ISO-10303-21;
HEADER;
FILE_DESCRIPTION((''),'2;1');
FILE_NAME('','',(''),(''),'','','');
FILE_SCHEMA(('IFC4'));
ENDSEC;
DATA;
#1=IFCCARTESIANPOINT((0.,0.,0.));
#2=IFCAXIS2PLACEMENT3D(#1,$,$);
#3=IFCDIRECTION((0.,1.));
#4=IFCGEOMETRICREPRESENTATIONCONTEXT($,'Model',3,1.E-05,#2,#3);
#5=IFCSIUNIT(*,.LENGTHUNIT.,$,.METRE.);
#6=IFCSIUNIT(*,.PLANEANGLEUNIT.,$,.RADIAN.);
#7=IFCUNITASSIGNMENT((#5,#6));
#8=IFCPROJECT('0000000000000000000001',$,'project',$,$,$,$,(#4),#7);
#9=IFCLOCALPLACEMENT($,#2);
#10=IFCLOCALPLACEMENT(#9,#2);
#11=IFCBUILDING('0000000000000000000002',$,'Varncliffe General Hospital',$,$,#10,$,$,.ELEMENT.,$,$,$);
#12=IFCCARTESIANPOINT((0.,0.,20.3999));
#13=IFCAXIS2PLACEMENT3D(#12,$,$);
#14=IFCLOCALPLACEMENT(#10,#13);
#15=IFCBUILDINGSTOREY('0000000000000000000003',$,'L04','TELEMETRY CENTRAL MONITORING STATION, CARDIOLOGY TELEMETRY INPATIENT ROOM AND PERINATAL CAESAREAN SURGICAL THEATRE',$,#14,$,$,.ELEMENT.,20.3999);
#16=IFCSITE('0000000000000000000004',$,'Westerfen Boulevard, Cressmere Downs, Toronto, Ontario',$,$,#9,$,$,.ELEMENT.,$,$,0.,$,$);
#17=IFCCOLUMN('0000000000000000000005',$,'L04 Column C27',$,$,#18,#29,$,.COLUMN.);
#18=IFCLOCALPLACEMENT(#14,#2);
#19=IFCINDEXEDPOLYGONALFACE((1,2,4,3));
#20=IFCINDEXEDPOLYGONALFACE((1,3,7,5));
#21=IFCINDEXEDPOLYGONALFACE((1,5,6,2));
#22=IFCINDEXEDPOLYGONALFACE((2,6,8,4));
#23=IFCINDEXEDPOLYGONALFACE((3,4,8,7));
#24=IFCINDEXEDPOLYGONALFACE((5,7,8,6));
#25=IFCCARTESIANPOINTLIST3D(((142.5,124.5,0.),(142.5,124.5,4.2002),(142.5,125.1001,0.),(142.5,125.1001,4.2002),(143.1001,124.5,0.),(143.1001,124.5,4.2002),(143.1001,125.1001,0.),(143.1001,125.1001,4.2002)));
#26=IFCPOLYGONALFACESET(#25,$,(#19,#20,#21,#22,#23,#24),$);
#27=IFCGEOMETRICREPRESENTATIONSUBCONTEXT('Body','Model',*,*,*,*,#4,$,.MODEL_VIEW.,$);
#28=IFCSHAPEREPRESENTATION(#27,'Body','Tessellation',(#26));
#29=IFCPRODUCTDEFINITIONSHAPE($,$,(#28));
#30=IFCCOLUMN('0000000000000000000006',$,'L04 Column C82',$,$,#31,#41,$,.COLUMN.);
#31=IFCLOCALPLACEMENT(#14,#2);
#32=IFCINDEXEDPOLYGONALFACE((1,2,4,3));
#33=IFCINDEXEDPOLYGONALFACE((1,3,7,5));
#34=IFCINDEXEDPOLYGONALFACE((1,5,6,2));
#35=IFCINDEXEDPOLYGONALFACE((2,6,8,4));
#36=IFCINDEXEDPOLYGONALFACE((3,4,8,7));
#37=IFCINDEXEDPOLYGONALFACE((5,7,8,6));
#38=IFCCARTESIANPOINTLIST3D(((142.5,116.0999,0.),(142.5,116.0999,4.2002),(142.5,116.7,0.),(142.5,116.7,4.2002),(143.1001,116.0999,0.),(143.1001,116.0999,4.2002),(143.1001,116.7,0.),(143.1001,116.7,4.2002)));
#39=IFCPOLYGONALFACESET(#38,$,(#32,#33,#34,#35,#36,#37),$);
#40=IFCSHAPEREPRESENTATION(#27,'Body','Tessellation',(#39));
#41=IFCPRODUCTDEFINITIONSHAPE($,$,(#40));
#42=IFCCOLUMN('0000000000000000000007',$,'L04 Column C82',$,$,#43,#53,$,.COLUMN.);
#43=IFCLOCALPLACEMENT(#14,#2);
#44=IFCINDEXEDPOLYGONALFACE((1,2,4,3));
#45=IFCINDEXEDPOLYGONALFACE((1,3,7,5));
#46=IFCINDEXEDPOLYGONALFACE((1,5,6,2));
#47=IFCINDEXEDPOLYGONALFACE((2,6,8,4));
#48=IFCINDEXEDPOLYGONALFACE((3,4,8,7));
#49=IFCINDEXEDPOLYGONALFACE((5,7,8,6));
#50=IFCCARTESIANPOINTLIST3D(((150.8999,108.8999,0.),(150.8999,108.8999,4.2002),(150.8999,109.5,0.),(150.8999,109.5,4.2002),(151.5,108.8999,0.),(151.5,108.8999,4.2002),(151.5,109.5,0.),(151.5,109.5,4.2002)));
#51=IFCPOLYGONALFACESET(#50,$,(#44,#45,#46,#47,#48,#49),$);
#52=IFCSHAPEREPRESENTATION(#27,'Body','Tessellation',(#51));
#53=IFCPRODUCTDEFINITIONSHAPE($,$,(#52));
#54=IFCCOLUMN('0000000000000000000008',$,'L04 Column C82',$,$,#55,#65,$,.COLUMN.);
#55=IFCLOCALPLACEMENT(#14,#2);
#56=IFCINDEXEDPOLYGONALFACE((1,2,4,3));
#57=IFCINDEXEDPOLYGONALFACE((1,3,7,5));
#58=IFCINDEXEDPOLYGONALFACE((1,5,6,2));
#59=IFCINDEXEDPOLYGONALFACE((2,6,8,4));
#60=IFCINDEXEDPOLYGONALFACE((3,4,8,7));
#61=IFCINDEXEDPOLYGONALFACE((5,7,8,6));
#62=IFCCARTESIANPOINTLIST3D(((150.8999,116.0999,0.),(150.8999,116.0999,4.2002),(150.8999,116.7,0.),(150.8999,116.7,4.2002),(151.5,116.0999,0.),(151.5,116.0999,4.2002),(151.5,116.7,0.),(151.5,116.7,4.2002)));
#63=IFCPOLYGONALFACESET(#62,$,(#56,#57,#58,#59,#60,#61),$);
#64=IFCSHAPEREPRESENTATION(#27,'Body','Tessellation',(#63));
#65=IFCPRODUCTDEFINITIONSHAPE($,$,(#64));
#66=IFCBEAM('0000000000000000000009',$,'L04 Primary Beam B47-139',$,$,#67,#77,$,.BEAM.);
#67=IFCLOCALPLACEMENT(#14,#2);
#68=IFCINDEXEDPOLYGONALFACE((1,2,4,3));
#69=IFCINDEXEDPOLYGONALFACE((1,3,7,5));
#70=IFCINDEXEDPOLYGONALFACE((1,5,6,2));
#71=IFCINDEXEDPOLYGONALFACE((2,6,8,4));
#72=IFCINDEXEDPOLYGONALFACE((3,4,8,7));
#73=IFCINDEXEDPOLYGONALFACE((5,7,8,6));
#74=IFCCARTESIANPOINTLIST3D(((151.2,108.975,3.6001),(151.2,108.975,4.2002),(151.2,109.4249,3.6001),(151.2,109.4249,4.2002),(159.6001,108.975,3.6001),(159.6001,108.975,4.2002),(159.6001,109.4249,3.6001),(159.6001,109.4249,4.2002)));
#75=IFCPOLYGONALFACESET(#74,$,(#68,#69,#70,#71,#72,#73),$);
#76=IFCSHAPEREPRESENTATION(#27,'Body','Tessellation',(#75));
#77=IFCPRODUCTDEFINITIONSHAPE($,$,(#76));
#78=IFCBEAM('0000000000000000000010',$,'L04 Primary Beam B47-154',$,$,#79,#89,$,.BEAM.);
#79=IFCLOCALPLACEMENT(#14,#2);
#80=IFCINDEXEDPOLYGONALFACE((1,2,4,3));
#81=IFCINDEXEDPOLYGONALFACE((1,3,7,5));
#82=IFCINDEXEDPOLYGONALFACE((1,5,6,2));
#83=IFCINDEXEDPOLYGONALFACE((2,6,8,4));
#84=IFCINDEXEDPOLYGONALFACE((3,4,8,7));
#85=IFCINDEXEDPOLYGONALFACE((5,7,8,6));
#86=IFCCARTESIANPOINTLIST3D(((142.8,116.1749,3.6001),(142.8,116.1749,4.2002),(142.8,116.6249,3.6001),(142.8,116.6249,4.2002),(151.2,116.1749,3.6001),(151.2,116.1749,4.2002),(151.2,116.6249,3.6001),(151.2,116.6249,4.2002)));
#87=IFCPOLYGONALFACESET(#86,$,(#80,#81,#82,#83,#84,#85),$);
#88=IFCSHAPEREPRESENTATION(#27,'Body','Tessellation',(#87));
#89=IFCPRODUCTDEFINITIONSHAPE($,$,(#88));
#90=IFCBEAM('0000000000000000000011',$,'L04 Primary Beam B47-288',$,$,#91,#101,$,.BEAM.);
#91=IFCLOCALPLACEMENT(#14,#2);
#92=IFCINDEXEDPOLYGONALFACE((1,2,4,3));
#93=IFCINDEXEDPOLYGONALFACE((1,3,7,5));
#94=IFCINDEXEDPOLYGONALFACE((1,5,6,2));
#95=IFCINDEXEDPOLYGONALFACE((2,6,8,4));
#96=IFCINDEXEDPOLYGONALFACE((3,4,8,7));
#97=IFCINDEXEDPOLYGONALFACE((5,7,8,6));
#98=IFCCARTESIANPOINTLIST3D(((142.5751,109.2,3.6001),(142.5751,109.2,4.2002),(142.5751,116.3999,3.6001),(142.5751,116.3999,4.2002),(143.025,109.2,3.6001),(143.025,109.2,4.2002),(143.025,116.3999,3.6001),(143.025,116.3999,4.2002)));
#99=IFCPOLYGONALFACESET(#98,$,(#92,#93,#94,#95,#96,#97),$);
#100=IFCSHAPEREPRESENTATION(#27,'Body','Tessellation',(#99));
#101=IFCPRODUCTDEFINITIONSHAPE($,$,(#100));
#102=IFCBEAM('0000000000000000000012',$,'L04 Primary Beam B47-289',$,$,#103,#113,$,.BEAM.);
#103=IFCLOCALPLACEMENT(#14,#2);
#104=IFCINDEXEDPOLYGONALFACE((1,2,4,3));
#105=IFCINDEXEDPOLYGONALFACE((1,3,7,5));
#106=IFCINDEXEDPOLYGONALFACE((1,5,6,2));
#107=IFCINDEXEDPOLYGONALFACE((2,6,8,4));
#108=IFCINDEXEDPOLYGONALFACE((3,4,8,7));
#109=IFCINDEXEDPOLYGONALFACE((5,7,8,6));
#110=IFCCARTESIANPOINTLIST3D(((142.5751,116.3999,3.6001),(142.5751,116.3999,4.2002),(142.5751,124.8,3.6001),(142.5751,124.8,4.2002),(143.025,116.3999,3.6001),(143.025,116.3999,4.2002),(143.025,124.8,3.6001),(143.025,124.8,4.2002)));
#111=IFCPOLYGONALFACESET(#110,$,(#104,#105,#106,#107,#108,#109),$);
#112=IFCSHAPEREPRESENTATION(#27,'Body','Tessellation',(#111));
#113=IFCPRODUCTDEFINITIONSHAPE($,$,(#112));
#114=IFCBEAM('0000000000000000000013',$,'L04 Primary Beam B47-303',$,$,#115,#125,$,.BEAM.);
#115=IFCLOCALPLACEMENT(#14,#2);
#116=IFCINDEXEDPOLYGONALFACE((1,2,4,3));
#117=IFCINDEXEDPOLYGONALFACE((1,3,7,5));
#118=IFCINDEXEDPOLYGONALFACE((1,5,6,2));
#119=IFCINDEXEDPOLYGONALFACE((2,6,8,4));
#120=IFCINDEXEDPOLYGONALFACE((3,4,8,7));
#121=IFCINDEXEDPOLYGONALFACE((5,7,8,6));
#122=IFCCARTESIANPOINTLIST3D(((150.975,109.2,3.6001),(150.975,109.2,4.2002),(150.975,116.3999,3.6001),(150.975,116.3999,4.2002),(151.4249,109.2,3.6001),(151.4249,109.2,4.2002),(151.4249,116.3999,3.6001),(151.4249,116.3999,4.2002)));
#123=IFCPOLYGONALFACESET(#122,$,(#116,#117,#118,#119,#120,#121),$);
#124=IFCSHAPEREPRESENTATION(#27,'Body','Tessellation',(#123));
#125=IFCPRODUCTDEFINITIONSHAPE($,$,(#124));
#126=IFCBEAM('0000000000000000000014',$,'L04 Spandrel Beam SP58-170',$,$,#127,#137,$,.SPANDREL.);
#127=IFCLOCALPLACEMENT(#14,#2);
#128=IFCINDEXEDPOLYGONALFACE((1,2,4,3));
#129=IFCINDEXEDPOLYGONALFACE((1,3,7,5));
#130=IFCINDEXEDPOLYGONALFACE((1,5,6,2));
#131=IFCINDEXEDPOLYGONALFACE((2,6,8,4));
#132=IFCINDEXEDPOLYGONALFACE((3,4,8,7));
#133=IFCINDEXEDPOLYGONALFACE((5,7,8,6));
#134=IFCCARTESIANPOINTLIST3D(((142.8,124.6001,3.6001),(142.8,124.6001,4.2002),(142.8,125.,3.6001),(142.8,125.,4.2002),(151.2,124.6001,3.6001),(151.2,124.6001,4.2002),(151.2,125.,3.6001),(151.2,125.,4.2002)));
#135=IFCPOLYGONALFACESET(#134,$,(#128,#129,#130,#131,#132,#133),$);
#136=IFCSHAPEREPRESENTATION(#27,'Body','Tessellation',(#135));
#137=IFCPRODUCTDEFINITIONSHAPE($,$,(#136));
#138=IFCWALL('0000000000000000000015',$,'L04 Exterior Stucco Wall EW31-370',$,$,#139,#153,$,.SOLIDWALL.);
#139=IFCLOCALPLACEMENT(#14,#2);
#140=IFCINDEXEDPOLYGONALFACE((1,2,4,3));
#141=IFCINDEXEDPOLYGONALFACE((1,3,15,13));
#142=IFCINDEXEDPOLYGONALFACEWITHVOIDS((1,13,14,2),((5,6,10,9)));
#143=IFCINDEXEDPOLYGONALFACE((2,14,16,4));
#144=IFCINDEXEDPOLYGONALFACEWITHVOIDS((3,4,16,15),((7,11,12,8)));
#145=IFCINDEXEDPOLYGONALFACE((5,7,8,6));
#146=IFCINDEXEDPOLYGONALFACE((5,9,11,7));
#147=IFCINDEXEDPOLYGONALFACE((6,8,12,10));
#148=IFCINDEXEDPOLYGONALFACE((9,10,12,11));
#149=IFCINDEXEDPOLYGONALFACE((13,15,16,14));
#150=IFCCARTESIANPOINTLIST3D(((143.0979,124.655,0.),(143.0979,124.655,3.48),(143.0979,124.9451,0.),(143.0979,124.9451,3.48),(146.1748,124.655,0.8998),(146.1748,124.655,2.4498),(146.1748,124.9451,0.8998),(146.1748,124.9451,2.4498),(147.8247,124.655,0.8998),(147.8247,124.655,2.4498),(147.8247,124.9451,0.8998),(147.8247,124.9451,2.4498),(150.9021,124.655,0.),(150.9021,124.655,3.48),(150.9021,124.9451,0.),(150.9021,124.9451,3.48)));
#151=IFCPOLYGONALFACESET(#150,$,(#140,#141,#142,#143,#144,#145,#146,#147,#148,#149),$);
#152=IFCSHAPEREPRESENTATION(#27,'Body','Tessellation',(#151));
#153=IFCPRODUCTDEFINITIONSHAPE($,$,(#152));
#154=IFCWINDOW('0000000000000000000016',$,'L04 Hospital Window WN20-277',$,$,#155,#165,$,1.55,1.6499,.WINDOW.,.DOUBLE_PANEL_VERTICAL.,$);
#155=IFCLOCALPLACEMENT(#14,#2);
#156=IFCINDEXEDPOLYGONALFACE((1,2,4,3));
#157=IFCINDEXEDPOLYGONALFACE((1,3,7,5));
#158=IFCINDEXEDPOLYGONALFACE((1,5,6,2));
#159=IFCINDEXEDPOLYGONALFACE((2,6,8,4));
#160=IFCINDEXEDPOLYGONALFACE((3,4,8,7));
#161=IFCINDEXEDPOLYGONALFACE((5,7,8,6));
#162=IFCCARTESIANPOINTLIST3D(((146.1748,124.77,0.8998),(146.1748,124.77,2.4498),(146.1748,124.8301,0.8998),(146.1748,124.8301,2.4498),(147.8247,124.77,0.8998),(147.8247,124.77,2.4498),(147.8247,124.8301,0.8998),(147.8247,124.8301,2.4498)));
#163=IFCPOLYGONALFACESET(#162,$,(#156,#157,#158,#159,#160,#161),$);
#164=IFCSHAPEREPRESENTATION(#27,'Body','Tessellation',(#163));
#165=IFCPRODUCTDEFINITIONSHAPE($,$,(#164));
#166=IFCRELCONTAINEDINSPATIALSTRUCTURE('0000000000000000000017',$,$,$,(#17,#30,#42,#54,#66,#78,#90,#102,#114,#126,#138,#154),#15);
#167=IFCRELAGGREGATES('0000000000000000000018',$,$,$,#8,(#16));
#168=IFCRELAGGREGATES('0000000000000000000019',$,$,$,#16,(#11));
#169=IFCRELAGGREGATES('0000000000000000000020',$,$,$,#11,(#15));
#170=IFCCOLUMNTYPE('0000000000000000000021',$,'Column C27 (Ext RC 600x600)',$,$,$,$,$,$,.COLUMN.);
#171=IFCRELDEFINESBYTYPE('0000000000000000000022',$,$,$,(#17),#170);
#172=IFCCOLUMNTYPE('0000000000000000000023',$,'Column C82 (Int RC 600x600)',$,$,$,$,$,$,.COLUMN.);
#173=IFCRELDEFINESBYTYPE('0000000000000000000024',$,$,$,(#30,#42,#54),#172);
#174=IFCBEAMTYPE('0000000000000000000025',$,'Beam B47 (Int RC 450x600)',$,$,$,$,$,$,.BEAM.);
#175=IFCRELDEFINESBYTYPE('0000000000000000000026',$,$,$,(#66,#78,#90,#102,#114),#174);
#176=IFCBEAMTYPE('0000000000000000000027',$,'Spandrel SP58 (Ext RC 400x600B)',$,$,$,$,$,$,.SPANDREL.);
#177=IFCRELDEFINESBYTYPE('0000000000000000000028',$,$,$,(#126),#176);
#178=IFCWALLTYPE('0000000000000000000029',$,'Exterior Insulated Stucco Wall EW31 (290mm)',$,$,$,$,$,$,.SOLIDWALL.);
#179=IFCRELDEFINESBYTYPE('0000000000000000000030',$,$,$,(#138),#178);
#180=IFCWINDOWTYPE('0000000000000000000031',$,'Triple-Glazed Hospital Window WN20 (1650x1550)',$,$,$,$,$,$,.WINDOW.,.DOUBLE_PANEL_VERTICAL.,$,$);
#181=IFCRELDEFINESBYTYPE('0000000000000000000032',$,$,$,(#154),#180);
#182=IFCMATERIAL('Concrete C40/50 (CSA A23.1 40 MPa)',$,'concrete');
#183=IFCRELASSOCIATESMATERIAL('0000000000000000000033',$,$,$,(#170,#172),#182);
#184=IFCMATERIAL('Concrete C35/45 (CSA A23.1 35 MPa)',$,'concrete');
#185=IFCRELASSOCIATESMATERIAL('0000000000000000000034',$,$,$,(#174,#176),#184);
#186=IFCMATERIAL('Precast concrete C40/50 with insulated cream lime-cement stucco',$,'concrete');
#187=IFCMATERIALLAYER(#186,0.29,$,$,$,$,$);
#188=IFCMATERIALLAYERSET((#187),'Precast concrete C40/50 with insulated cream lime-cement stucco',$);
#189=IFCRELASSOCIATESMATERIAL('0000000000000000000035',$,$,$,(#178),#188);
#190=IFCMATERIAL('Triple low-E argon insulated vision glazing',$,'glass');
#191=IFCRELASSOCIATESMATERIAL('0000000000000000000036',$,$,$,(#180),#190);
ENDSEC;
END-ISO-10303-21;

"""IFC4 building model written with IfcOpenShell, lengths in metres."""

from ifc_helpers import new_model, si_unit, direction, frame, frame_2d, origin, origin_2d, place, context, subcontext, project, spatial, rectangle, extrude, material, layer, layer_set, material_profile, profile_set, type_object, element, fill, save


model = new_model("IFC4")

# Units and contexts
model_context = context("Model", 3, precision=1e-05, world=origin(), true_north=direction((0.0, 1.0)))
body_context = subcontext(model_context, "Body", "Model", "MODEL_VIEW")
ifc_project = project(units=[si_unit("LENGTHUNIT", "METRE"), si_unit("PLANEANGLEUNIT", "RADIAN")], contexts=[model_context])

# Site, building, storey
site_placement = place(None, origin())
site = spatial("IfcSite", under=ifc_project, at=site_placement, Name="Westerfen Boulevard, Cressmere Downs, Toronto, Ontario", CompositionType="ELEMENT", RefElevation=0.0)
building_placement = place(site_placement, origin())
building = spatial("IfcBuilding", under=site, at=building_placement, Name="Varncliffe General Hospital", CompositionType="ELEMENT")
storey_placement = place(building_placement, frame((0.0, 0.0, 20.3999)))
storey = spatial("IfcBuildingStorey", under=building, at=storey_placement, Name="L04", Description="TELEMETRY CENTRAL MONITORING STATION, CARDIOLOGY TELEMETRY INPATIENT ROOM AND PERINATAL CAESAREAN SURGICAL THEATRE", CompositionType="ELEMENT", Elevation=20.3999)

# Columns
ifc_material_1 = material(Name="Concrete C40/50 (CSA A23.1 40 MPa)", Category="concrete")
ifc_material_profile_1 = material_profile(ifc_material_1, rectangle(XDim=0.6001, YDim=0.6001, at=origin_2d()), Name="RC 600x600")
ifc_profile_set_1 = profile_set([ifc_material_profile_1], Name="Concrete C40/50 (CSA A23.1 40 MPa)")
column_type_1 = type_object("IfcColumnType", Name="Column C27 (Ext RC 600x600)", PredefinedType="COLUMN", material=ifc_profile_set_1)
column_placement = place(storey_placement, frame((142.8, 124.8, 0.0), z_axis=(0.0, 0.0, 1.0), x_axis=(1.0, 0.0, 0.0)))
element("IfcColumn", 1, at=column_placement, inside=storey, type_object=column_type_1, Name="L04 Column C27", PredefinedType="COLUMN", context=body_context, shape_type="SweptSolid", body=[
    extrude(rectangle(XDim=0.6001, YDim=0.6001, at=origin_2d()), origin(), (0.0, 0.0, 1.0), 4.2002),
])
ifc_material_profile_2 = material_profile(ifc_material_1, rectangle(XDim=0.6001, YDim=0.6001, at=origin_2d()), Name="RC 600x600")
ifc_profile_set_2 = profile_set([ifc_material_profile_2], Name="Concrete C40/50 (CSA A23.1 40 MPa)")
column_type_2 = type_object("IfcColumnType", Name="Column C82 (Int RC 600x600)", PredefinedType="COLUMN", material=ifc_profile_set_2)
for number, where, z_axis, x_axis, name in (
    (2, (142.8, 116.3999, 0.0), (0.0, 0.0, 1.0), (1.0, 0.0, 0.0), "L04 Column C82"),
    (3, (151.2, 109.2, 0.0), (0.0, 0.0, 1.0), (1.0, 0.0, 0.0), "L04 Column C82"),
    (4, (151.2, 116.3999, 0.0), (0.0, 0.0, 1.0), (1.0, 0.0, 0.0), "L04 Column C82"),
):
    element("IfcColumn", number, at=place(storey_placement, frame(where, z_axis=z_axis, x_axis=x_axis)), inside=storey, type_object=column_type_2, Name=name, PredefinedType="COLUMN", context=body_context, shape_type="SweptSolid", body=[
        extrude(rectangle(XDim=0.6001, YDim=0.6001, at=origin_2d()), origin(), (0.0, 0.0, 1.0), 4.2002),
    ])

# Beams
ifc_material_2 = material(Name="Concrete C35/45 (CSA A23.1 35 MPa)", Category="concrete")
ifc_material_profile_3 = material_profile(ifc_material_2, rectangle(XDim=0.45, YDim=0.6001, at=origin_2d()), Name="RC 450x600")
ifc_profile_set_3 = profile_set([ifc_material_profile_3], Name="Concrete C35/45 (CSA A23.1 35 MPa)")
beam_type_1 = type_object("IfcBeamType", Name="Beam B47 (Int RC 450x600)", PredefinedType="BEAM", material=ifc_profile_set_3)
beam_1_placement = place(storey_placement, frame((151.2, 109.2, 3.9001), z_axis=(1.0, 0.0, 0.0), x_axis=(0.0, 1.0, 0.0)))
element("IfcBeam", 5, at=beam_1_placement, inside=storey, type_object=beam_type_1, Name="L04 Primary Beam B47-139", PredefinedType="BEAM", context=body_context, shape_type="SweptSolid", body=[
    extrude(rectangle(XDim=0.45, YDim=0.6001, at=origin_2d()), origin(), (0.0, 0.0, 1.0), 8.4001),
])
beam_2_placement = place(storey_placement, frame((142.8, 116.3999, 3.9001), z_axis=(1.0, 0.0, 0.0), x_axis=(0.0, 1.0, 0.0)))
element("IfcBeam", 6, at=beam_2_placement, inside=storey, type_object=beam_type_1, Name="L04 Primary Beam B47-154", PredefinedType="BEAM", context=body_context, shape_type="SweptSolid", body=[
    extrude(rectangle(XDim=0.45, YDim=0.6001, at=origin_2d()), origin(), (0.0, 0.0, 1.0), 8.3999),
])
beam_3_placement = place(storey_placement, frame((142.8, 109.2, 3.9001), z_axis=(0.0, 1.0, 0.0), x_axis=(-1.0, 0.0, 0.0)))
element("IfcBeam", 7, at=beam_3_placement, inside=storey, type_object=beam_type_1, Name="L04 Primary Beam B47-288", PredefinedType="BEAM", context=body_context, shape_type="SweptSolid", body=[
    extrude(rectangle(XDim=0.45, YDim=0.6001, at=origin_2d()), origin(), (0.0, 0.0, 1.0), 7.2),
])
beam_4_placement = place(storey_placement, frame((142.8, 116.3999, 3.9001), z_axis=(0.0, 1.0, 0.0), x_axis=(-1.0, 0.0, 0.0)))
element("IfcBeam", 8, at=beam_4_placement, inside=storey, type_object=beam_type_1, Name="L04 Primary Beam B47-289", PredefinedType="BEAM", context=body_context, shape_type="SweptSolid", body=[
    extrude(rectangle(XDim=0.45, YDim=0.6001, at=origin_2d()), origin(), (0.0, 0.0, 1.0), 8.4001),
])
beam_5_placement = place(storey_placement, frame((151.2, 109.2, 3.9001), z_axis=(0.0, 1.0, 0.0), x_axis=(-1.0, 0.0, 0.0)))
element("IfcBeam", 9, at=beam_5_placement, inside=storey, type_object=beam_type_1, Name="L04 Primary Beam B47-303", PredefinedType="BEAM", context=body_context, shape_type="SweptSolid", body=[
    extrude(rectangle(XDim=0.45, YDim=0.6001, at=origin_2d()), origin(), (0.0, 0.0, 1.0), 7.2),
])
ifc_material_profile_4 = material_profile(ifc_material_2, rectangle(XDim=0.3999, YDim=0.6001, at=origin_2d()), Name="RC 400x600")
ifc_profile_set_4 = profile_set([ifc_material_profile_4], Name="Concrete C35/45 (CSA A23.1 35 MPa)")
beam_type_2 = type_object("IfcBeamType", Name="Spandrel SP58 (Ext RC 400x600B)", PredefinedType="SPANDREL", material=ifc_profile_set_4)
beam_6_placement = place(storey_placement, frame((142.8, 124.8, 3.9001), z_axis=(1.0, 0.0, 0.0), x_axis=(0.0, 1.0, 0.0)))
element("IfcBeam", 10, at=beam_6_placement, inside=storey, type_object=beam_type_2, Name="L04 Spandrel Beam SP58-170", PredefinedType="SPANDREL", context=body_context, shape_type="SweptSolid", body=[
    extrude(rectangle(XDim=0.3999, YDim=0.6001, at=origin_2d()), origin(), (0.0, 0.0, 1.0), 8.3999),
])

# Wall, opening, window
ifc_material_3 = material(Name="Precast concrete C40/50 with insulated cream lime-cement stucco", Category="concrete")
ifc_layer_1 = layer(ifc_material_3, 0.29)
ifc_layer_set_1 = layer_set([ifc_layer_1], Name="Precast concrete C40/50 with insulated cream lime-cement stucco")
wall_type_1 = type_object("IfcWallType", Name="Exterior Insulated Stucco Wall EW31 (290mm)", PredefinedType="SOLIDWALL", material=ifc_layer_set_1)
wall_1_placement = place(storey_placement, frame((143.0979, 124.8, 0.0), z_axis=(0.0, 0.0, 1.0), x_axis=(1.0, 0.0, 0.0)))
wall_1 = element("IfcWall", 11, at=wall_1_placement, inside=storey, type_object=wall_type_1, Name="L04 Exterior Stucco Wall EW31-370", PredefinedType="SOLIDWALL", context=body_context, shape_type="SweptSolid", body=[
    extrude(rectangle(XDim=7.8042, YDim=0.29, at=frame_2d((3.9021, 0.0))), origin(), (0.0, 0.0, 1.0), 3.48),
])
opening_1_placement = place(wall_1_placement, frame((3.0769, 0.0, 0.8999)))
opening_1 = element("IfcOpeningElement", 12, at=opening_1_placement, cuts=wall_1, PredefinedType="OPENING", context=body_context, shape_type="SweptSolid", body=[
    extrude(rectangle(XDim=1.6499, YDim=1.55, at=frame_2d((0.825, 0.7749))), frame((0.0, 0.155, 0.0), z_axis=(0.0, -1.0, 0.0), x_axis=(1.0, 0.0, 0.0)), (0.0, 0.0, 1.0), 0.3101),
])
ifc_material_4 = material(Name="Triple low-E argon insulated vision glazing", Category="glass")
window_type = type_object("IfcWindowType", Name="Triple-Glazed Hospital Window WN20 (1650x1550)", PartitioningType="DOUBLE_PANEL_VERTICAL", PredefinedType="WINDOW", material=ifc_material_4)
window_placement = place(opening_1_placement, origin())
window = element("IfcWindow", 13, at=window_placement, inside=storey, type_object=window_type, Name="L04 Hospital Window WN20-277", OverallHeight=1.55, OverallWidth=1.6499, PartitioningType="DOUBLE_PANEL_VERTICAL", PredefinedType="WINDOW", context=body_context, shape_type="SweptSolid", body=[
    extrude(rectangle(XDim=1.6499, YDim=1.55, at=frame_2d((0.825, 0.7749))), frame((0.0, 0.03, 0.0), z_axis=(0.0, -1.0, 0.0), x_axis=(1.0, 0.0, 0.0)), (0.0, 0.0, 1.0), 0.0601),
])
fill(opening_1, window)

save(model, "model.ifc")
